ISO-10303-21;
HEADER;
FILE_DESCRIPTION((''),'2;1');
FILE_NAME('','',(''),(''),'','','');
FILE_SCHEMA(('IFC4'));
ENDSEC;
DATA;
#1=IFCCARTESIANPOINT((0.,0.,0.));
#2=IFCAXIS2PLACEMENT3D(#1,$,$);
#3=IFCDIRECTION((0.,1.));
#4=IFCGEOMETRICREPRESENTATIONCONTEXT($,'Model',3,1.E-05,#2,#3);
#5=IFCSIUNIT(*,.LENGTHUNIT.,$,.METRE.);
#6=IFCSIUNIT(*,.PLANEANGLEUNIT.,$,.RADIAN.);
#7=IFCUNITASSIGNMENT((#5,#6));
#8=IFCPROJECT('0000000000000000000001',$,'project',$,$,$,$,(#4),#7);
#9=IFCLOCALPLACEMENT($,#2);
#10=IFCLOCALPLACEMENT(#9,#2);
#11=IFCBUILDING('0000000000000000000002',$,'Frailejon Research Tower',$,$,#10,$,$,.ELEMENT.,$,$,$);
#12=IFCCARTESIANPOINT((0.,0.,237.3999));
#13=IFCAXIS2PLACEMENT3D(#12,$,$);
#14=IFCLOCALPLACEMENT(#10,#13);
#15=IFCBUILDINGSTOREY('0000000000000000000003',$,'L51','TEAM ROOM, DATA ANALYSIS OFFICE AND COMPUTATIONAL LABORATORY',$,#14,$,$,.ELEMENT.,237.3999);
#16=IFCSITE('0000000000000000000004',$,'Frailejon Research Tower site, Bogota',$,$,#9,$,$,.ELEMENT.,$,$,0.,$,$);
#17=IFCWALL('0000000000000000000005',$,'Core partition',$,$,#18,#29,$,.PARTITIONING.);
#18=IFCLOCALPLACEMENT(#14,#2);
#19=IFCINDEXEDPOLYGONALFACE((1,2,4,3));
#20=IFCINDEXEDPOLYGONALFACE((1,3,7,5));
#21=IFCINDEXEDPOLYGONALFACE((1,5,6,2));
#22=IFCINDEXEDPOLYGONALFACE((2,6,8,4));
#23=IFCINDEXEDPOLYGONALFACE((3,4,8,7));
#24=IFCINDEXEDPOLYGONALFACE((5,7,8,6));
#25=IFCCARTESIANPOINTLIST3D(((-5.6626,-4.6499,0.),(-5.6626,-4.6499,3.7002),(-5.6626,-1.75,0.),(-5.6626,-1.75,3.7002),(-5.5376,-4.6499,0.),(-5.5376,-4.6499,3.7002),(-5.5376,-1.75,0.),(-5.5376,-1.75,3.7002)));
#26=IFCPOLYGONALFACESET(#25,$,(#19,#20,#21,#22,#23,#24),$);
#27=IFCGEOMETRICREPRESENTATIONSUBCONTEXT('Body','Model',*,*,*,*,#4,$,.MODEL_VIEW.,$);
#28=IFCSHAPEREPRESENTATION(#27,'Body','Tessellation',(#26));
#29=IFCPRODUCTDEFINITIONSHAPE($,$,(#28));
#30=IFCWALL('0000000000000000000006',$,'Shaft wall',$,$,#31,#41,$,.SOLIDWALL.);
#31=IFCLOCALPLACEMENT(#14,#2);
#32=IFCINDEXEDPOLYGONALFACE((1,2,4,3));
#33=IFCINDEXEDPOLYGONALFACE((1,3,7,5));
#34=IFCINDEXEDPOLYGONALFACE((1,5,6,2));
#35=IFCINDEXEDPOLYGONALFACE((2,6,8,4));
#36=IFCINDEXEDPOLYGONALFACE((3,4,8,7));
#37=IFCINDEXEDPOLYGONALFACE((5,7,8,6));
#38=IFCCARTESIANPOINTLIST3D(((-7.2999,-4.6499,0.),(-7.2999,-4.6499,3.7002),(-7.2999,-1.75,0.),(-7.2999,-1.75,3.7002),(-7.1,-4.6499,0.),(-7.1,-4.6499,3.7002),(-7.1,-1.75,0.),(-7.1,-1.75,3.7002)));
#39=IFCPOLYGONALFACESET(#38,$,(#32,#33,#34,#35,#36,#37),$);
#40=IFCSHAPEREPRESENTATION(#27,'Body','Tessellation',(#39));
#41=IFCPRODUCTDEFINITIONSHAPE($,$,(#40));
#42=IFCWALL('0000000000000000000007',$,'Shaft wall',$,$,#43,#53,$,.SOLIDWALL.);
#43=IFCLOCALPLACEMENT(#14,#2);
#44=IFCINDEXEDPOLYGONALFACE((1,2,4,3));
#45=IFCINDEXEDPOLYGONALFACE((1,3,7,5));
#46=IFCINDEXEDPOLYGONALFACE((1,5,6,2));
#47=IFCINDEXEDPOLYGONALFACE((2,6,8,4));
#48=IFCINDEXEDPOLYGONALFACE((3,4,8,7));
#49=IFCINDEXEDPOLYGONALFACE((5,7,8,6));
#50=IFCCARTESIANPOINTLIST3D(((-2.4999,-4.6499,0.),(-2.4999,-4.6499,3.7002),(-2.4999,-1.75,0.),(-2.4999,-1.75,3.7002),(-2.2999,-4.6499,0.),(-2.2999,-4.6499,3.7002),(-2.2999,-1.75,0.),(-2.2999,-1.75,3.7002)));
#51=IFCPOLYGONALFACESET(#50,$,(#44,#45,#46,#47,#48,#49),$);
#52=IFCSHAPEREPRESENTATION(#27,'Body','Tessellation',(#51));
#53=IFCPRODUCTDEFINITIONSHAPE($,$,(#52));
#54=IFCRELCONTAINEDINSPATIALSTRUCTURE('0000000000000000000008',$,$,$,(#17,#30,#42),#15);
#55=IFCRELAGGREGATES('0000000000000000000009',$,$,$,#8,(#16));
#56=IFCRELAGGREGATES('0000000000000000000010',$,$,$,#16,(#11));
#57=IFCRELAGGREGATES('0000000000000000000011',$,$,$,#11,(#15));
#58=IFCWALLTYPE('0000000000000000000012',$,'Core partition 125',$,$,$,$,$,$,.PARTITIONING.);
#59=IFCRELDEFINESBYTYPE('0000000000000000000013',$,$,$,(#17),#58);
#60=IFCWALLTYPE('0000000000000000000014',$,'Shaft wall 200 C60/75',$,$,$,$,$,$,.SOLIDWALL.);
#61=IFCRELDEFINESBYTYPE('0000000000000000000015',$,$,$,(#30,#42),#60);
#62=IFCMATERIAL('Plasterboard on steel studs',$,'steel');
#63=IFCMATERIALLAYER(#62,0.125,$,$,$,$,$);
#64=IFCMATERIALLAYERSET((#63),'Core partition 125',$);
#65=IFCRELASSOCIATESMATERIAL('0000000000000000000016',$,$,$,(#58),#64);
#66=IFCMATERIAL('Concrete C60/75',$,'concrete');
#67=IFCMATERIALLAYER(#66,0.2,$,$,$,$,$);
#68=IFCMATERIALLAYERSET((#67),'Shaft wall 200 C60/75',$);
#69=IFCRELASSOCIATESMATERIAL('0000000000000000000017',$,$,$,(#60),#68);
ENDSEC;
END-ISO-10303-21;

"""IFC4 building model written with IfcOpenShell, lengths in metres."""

from ifc_helpers import new_model, si_unit, direction, frame, frame_2d, origin, place, context, subcontext, project, spatial, rectangle, extrude, material, layer, layer_set, type_object, element, save


model = new_model("IFC4")

# Units and contexts
model_context = context("Model", 3, precision=1e-05, world=origin(), true_north=direction((0.0, 1.0)))
body_context = subcontext(model_context, "Body", "Model", "MODEL_VIEW")
ifc_project = project(units=[si_unit("LENGTHUNIT", "METRE"), si_unit("PLANEANGLEUNIT", "RADIAN")], contexts=[model_context])

# Site, building, storey
site_placement = place(None, origin())
site = spatial("IfcSite", under=ifc_project, at=site_placement, Name="Frailejon Research Tower site, Bogota", CompositionType="ELEMENT", RefElevation=0.0)
building_placement = place(site_placement, origin())
building = spatial("IfcBuilding", under=site, at=building_placement, Name="Frailejon Research Tower", CompositionType="ELEMENT")
storey_placement = place(building_placement, frame((0.0, 0.0, 237.3999)))
storey = spatial("IfcBuildingStorey", under=building, at=storey_placement, Name="L51", Description="TEAM ROOM, DATA ANALYSIS OFFICE AND COMPUTATIONAL LABORATORY", CompositionType="ELEMENT", Elevation=237.3999)

# Walls
ifc_material_1 = material(Name="Plasterboard on steel studs", Category="steel")
ifc_layer_1 = layer(ifc_material_1, 0.125)
ifc_layer_set_1 = layer_set([ifc_layer_1], Name="Core partition 125")
wall_type_1 = type_object("IfcWallType", Name="Core partition 125", PredefinedType="PARTITIONING", material=ifc_layer_set_1)
wall_1_placement = place(storey_placement, frame((-5.6001, -4.6499, 0.0), z_axis=(0.0, 0.0, 1.0), x_axis=(0.0, 1.0, 0.0)))
element("IfcWall", 1, at=wall_1_placement, inside=storey, type_object=wall_type_1, Name="Core partition", PredefinedType="PARTITIONING", context=body_context, shape_type="SweptSolid", body=[
    extrude(rectangle(XDim=2.8999, YDim=0.125, at=frame_2d((1.45, 0.0))), origin(), (0.0, 0.0, 1.0), 3.7002),
])
ifc_material_2 = material(Name="Concrete C60/75", Category="concrete")
ifc_layer_2 = layer(ifc_material_2, 0.2)
ifc_layer_set_2 = layer_set([ifc_layer_2], Name="Shaft wall 200 C60/75")
wall_type_2 = type_object("IfcWallType", Name="Shaft wall 200 C60/75", PredefinedType="SOLIDWALL", material=ifc_layer_set_2)
for number, where, z_axis, x_axis, name in (
    (2, (-7.2, -4.6499, 0.0), (0.0, 0.0, 1.0), (0.0, 1.0, 0.0), "Shaft wall"),
    (3, (-2.3999, -4.6499, 0.0), (0.0, 0.0, 1.0), (0.0, 1.0, 0.0), "Shaft wall"),
):
    element("IfcWall", number, at=place(storey_placement, frame(where, z_axis=z_axis, x_axis=x_axis)), inside=storey, type_object=wall_type_2, Name=name, PredefinedType="SOLIDWALL", context=body_context, shape_type="SweptSolid", body=[
        extrude(rectangle(XDim=2.8999, YDim=0.2, at=frame_2d((1.45, 0.0))), origin(), (0.0, 0.0, 1.0), 3.7002),
    ])

save(model, "model.ifc")
